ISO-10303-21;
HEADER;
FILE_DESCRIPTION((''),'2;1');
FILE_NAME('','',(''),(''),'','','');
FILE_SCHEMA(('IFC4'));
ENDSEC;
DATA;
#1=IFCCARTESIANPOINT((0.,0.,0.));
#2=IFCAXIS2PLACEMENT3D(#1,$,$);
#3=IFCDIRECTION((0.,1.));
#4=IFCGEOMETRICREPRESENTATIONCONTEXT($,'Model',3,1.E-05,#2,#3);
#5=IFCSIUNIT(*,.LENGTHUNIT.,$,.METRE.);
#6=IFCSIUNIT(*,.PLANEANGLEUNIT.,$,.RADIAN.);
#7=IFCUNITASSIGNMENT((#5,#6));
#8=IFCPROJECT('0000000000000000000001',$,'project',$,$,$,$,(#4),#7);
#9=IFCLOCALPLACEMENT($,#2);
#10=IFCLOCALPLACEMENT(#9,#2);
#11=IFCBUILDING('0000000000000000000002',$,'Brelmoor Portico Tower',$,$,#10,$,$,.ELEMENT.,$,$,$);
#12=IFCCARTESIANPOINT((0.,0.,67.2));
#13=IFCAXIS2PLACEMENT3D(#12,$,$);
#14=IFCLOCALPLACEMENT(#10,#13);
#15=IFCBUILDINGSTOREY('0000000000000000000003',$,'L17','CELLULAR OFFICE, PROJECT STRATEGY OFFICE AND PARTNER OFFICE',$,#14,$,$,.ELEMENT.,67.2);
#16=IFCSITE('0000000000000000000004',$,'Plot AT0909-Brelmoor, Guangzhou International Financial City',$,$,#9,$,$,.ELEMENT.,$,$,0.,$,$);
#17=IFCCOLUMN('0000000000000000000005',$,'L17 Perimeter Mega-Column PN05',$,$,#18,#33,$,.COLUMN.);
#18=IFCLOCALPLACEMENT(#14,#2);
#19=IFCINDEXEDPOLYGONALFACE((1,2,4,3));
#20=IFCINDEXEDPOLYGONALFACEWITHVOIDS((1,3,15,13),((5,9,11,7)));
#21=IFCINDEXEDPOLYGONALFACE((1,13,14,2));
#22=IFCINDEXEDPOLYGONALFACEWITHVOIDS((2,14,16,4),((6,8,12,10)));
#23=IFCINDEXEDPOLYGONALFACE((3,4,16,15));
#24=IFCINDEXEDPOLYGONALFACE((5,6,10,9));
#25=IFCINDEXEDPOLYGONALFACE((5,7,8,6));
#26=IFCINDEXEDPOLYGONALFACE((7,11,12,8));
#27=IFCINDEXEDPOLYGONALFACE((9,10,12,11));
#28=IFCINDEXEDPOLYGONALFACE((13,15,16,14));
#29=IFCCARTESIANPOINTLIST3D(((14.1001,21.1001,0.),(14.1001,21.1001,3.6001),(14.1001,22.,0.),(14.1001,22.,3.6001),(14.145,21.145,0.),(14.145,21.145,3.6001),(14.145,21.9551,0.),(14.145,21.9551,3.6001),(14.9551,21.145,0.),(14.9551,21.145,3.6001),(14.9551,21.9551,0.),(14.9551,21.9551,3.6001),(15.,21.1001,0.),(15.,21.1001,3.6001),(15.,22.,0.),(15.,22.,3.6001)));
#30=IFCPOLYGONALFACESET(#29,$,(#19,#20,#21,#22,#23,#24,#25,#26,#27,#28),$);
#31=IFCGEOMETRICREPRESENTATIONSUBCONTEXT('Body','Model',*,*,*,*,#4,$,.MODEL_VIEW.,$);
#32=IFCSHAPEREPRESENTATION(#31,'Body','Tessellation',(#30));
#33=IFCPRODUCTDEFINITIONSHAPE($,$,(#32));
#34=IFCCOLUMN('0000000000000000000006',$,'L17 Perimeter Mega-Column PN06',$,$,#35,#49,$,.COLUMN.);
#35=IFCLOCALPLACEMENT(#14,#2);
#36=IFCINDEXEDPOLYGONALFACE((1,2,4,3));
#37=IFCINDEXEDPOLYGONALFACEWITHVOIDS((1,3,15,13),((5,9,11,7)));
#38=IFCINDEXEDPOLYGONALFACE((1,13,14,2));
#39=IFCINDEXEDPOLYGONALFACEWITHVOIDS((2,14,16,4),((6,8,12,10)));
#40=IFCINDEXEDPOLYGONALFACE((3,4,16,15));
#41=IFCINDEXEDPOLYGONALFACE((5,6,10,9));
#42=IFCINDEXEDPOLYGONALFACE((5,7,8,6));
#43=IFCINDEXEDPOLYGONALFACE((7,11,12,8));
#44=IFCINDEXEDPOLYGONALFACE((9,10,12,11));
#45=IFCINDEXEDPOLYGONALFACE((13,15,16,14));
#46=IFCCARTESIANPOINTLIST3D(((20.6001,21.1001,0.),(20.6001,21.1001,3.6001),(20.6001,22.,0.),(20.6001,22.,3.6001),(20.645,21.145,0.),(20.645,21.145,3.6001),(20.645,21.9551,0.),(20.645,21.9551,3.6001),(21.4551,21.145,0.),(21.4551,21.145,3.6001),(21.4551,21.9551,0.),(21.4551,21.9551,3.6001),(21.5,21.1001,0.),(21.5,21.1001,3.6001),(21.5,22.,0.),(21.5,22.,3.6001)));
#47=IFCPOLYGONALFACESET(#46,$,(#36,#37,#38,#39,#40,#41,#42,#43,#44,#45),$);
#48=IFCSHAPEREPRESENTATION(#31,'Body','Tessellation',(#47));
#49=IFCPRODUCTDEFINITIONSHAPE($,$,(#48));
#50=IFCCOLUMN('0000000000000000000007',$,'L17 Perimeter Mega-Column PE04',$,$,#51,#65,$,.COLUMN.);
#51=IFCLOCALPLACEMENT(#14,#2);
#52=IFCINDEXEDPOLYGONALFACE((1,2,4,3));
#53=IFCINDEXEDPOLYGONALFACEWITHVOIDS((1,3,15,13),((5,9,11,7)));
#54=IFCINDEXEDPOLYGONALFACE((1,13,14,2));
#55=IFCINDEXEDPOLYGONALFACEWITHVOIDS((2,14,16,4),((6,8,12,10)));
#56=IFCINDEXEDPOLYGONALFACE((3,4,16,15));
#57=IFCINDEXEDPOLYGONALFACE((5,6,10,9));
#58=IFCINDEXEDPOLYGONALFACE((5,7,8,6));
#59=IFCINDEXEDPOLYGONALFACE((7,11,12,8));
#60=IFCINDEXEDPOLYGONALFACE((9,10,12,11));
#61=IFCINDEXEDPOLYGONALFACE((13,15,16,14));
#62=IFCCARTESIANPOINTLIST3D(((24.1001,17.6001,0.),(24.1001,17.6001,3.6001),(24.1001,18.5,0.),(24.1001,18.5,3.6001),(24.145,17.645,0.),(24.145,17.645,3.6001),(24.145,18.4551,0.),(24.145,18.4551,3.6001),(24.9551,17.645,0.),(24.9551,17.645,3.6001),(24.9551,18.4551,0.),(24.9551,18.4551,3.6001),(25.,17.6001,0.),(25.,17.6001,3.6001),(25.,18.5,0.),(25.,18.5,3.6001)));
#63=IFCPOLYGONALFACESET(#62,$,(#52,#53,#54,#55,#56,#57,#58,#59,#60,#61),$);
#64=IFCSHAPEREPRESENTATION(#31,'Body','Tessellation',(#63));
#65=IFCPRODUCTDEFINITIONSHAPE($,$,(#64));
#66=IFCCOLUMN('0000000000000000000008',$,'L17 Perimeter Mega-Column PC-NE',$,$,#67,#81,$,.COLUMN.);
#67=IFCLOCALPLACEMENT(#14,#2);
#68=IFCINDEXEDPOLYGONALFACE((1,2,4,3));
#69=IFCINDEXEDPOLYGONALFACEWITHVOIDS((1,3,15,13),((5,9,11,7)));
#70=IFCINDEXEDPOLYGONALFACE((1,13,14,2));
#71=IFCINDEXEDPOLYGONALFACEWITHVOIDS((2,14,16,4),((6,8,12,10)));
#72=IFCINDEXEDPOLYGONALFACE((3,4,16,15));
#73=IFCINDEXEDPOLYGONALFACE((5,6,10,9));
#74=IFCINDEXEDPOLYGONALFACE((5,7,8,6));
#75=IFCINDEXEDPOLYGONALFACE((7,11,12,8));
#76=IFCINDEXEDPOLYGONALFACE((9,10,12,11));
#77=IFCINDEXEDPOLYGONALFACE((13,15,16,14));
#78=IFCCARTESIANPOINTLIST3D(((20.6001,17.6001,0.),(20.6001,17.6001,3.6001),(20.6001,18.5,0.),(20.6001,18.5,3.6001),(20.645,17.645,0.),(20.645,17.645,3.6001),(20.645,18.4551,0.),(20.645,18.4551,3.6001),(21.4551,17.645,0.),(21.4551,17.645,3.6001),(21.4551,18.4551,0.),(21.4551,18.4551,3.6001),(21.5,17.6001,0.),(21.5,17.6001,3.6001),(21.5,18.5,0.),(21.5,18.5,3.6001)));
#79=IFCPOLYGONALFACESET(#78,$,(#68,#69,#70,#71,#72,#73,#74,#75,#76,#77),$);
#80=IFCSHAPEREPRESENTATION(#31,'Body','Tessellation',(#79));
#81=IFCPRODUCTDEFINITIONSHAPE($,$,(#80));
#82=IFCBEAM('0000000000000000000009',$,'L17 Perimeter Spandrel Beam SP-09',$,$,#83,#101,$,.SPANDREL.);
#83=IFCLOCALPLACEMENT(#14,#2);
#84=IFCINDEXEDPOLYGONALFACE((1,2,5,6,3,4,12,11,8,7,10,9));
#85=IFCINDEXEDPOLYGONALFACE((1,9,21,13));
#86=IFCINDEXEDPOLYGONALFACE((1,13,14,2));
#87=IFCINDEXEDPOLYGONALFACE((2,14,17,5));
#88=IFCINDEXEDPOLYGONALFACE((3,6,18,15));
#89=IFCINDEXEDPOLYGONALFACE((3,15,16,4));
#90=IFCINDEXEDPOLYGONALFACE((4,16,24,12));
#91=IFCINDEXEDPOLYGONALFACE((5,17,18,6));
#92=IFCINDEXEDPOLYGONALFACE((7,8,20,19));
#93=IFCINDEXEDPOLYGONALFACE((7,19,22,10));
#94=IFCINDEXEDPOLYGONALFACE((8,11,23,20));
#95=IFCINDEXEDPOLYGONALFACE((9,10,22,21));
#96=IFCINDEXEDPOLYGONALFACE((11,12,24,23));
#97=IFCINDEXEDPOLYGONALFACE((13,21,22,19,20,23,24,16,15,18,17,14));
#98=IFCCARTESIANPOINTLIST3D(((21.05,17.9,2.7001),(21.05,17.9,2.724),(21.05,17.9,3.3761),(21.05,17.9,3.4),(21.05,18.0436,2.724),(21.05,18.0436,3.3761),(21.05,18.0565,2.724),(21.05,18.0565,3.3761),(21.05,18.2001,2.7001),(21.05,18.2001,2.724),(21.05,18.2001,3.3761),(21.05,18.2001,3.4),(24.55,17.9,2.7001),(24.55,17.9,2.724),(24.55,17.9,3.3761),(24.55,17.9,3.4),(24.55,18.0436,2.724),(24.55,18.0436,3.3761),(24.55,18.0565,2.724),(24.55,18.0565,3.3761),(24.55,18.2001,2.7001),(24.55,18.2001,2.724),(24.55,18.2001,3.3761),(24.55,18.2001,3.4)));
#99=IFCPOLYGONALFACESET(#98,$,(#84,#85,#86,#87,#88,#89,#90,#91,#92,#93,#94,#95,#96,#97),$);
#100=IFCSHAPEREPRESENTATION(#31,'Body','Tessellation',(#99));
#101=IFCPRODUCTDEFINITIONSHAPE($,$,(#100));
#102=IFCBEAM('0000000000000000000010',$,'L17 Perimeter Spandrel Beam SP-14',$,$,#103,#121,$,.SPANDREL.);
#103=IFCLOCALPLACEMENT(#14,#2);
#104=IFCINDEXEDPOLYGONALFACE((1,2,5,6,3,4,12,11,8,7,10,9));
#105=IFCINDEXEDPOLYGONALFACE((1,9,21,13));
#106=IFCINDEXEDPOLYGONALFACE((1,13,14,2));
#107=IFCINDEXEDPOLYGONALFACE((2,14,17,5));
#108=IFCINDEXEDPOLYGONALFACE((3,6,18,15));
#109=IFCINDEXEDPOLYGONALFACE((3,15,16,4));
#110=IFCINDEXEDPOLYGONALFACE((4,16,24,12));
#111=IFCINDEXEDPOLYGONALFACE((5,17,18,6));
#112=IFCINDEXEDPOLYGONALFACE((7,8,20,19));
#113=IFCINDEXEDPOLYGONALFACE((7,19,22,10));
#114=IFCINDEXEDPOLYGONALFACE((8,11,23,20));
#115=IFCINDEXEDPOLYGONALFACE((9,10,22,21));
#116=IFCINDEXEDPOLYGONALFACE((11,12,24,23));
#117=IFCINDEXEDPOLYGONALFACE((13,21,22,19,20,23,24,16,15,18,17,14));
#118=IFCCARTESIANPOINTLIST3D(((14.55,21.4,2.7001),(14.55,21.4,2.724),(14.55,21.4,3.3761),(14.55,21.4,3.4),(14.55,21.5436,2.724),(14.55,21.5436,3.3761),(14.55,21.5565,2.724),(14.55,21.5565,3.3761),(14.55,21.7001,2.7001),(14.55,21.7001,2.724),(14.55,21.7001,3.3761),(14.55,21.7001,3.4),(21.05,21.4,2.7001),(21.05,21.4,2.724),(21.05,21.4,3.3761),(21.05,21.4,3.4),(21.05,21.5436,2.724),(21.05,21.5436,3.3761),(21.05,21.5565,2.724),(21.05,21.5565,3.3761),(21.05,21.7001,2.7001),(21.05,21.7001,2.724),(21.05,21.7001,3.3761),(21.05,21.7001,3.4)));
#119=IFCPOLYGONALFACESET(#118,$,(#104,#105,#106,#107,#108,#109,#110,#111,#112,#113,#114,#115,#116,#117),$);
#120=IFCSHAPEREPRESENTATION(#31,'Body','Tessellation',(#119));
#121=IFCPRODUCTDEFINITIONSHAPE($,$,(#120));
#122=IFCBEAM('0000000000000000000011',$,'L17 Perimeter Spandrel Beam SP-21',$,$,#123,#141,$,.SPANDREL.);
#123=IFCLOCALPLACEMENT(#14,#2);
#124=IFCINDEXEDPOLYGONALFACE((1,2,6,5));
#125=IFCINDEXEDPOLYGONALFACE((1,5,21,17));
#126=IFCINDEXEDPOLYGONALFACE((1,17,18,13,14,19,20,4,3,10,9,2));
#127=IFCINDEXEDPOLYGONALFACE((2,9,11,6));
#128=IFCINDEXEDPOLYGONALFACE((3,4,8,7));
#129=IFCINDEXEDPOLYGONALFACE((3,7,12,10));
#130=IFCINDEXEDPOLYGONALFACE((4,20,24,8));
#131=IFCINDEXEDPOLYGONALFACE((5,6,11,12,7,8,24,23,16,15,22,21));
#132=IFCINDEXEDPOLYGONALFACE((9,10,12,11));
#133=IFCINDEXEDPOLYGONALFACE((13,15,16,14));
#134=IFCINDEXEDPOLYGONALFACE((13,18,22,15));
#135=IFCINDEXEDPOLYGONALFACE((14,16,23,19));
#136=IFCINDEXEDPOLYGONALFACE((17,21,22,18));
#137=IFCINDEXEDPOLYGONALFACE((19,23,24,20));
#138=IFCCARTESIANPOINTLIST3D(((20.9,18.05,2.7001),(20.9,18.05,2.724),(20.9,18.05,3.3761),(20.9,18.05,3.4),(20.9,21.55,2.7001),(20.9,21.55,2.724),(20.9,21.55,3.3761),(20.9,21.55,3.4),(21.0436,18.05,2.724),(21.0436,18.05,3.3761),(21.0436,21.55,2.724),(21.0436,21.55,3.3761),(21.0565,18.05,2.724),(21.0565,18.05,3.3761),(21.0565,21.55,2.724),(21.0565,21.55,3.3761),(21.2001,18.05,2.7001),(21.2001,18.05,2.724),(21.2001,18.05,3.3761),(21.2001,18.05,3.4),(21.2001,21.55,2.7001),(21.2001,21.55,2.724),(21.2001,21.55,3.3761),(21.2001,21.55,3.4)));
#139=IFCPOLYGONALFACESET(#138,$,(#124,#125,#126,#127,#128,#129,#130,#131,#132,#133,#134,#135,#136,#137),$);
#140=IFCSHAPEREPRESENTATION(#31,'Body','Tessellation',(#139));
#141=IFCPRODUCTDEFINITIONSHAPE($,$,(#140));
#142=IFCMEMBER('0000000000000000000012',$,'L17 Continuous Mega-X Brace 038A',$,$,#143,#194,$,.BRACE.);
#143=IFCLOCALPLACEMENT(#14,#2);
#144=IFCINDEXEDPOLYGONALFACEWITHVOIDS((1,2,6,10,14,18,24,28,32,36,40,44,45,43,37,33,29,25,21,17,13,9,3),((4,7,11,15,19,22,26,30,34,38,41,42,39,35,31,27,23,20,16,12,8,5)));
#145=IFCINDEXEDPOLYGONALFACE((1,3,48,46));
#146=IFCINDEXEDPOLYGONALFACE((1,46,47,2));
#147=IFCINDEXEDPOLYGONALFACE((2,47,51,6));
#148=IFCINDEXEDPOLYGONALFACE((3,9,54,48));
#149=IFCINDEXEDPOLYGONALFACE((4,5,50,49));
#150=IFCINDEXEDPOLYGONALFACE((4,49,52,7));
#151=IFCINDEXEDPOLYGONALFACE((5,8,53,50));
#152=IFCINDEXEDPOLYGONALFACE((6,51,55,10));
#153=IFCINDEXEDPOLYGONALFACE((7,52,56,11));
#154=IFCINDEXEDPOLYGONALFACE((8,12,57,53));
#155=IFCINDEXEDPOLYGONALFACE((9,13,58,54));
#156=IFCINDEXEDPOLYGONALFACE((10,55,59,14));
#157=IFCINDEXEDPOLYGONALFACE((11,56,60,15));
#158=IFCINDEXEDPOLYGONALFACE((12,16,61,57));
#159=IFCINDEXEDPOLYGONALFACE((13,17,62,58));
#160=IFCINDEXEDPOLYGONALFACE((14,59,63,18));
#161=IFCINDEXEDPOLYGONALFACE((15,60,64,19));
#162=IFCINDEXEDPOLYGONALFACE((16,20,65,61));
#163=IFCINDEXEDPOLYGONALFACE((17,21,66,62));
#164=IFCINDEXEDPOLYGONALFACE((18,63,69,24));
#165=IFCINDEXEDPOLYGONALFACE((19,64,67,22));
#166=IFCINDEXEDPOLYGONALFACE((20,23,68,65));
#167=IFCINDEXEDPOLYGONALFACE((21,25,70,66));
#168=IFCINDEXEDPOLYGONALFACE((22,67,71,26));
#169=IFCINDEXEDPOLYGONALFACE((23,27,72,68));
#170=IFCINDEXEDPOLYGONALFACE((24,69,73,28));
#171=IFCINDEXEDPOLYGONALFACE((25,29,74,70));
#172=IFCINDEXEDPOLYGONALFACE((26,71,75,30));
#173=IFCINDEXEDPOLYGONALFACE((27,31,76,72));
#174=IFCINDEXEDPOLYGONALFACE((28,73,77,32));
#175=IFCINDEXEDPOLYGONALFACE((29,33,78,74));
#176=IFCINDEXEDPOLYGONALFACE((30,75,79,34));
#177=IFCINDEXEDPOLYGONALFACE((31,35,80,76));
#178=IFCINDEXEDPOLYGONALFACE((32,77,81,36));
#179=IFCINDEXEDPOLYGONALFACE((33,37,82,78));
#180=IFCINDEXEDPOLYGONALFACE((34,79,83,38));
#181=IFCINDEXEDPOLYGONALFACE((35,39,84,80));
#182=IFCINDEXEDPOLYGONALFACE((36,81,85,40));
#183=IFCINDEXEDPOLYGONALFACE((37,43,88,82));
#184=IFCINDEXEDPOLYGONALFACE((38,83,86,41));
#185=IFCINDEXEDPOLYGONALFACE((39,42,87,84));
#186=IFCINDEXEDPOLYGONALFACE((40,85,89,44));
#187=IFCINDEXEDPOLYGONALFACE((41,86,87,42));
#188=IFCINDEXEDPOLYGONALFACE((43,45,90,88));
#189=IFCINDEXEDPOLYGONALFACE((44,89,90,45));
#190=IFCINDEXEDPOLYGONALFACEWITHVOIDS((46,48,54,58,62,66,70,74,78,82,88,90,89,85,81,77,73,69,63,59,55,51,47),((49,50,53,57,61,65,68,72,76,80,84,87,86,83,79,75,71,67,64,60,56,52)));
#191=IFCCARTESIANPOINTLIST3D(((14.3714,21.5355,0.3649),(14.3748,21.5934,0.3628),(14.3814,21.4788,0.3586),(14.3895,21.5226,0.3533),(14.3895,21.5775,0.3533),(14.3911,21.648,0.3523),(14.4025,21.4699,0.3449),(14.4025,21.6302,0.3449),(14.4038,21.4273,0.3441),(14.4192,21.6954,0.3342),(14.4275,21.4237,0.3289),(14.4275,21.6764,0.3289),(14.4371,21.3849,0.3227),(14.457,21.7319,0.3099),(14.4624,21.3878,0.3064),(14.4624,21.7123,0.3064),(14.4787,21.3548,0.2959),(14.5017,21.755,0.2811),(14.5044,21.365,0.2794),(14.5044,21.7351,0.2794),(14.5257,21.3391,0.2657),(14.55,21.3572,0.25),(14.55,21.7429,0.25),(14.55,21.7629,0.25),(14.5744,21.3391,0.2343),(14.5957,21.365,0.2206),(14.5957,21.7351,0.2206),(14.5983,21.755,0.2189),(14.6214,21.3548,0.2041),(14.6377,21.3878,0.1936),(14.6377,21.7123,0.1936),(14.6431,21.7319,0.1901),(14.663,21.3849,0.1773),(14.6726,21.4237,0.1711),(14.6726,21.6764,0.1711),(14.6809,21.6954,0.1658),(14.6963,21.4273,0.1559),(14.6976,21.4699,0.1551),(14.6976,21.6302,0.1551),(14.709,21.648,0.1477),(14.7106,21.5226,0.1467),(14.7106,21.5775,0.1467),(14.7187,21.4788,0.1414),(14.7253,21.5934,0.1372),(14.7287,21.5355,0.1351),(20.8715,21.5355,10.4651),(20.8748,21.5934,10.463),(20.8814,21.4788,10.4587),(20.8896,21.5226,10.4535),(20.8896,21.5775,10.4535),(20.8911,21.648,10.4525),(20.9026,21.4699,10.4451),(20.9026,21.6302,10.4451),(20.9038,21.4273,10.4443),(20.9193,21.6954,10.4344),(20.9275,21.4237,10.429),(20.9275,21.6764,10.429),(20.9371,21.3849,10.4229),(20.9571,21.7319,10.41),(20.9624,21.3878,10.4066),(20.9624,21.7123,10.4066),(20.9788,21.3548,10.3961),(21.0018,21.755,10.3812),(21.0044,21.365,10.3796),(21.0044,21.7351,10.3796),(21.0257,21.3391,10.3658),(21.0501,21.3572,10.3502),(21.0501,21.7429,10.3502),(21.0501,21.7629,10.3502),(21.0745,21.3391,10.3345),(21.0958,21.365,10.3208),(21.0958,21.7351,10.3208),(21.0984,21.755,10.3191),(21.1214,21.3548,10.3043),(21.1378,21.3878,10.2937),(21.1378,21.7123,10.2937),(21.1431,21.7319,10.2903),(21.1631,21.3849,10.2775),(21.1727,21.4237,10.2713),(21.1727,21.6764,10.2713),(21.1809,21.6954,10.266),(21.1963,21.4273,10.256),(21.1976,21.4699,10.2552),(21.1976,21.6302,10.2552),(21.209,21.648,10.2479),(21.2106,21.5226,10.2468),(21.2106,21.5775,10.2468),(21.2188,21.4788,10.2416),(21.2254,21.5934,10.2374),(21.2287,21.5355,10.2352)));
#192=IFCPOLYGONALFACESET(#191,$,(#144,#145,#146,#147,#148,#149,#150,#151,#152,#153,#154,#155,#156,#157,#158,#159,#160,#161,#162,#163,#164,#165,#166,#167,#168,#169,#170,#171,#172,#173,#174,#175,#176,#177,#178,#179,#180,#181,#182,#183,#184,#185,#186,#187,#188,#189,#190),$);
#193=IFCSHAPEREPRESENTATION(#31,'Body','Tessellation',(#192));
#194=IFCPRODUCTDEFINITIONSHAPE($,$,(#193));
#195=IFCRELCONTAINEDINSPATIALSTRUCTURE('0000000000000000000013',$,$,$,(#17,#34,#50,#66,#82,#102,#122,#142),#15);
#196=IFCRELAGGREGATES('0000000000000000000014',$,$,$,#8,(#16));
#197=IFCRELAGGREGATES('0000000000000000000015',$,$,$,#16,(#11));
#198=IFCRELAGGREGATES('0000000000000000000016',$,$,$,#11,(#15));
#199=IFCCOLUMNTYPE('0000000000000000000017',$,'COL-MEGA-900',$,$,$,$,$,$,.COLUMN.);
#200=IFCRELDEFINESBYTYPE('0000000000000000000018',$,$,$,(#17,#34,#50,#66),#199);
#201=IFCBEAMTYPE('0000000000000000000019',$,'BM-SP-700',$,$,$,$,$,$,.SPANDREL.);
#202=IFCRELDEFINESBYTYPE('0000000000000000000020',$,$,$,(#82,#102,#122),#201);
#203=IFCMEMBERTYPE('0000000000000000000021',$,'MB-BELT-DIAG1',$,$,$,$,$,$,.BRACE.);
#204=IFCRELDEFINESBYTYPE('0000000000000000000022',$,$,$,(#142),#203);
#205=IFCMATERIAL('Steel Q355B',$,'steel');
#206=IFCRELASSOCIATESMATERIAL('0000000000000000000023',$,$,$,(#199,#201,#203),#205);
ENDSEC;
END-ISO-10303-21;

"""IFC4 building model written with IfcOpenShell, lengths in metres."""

from ifc_helpers import new_model, si_unit, direction, frame, origin, origin_2d, place, context, subcontext, project, spatial, hollow_rectangle, hollow_circle, i_section, extrude, material, material_profile, profile_set, type_object, element, save


model = new_model("IFC4")

# Units and contexts
model_context = context("Model", 3, precision=1e-05, world=origin(), true_north=direction((0.0, 1.0)))
body_context = subcontext(model_context, "Body", "Model", "MODEL_VIEW")
ifc_project = project(units=[si_unit("LENGTHUNIT", "METRE"), si_unit("PLANEANGLEUNIT", "RADIAN")], contexts=[model_context])

# Site, building, storey
site_placement = place(None, origin())
site = spatial("IfcSite", under=ifc_project, at=site_placement, Name="Plot AT0909-Brelmoor, Guangzhou International Financial City", CompositionType="ELEMENT", RefElevation=0.0)
building_placement = place(site_placement, origin())
building = spatial("IfcBuilding", under=site, at=building_placement, Name="Brelmoor Portico Tower", CompositionType="ELEMENT")
storey_placement = place(building_placement, frame((0.0, 0.0, 67.2)))
storey = spatial("IfcBuildingStorey", under=building, at=storey_placement, Name="L17", Description="CELLULAR OFFICE, PROJECT STRATEGY OFFICE AND PARTNER OFFICE", CompositionType="ELEMENT", Elevation=67.2)

# Columns
ifc_material_1 = material(Name="Steel Q355B", Category="steel")
ifc_material_profile_1 = material_profile(ifc_material_1, hollow_rectangle(XDim=0.8999, YDim=0.8999, WallThickness=0.0449, at=origin_2d()), Name="BOX 900x900x45")
ifc_profile_set_1 = profile_set([ifc_material_profile_1], Name="Steel Q355B")
column_type = type_object("IfcColumnType", Name="COL-MEGA-900", PredefinedType="COLUMN", material=ifc_profile_set_1)
for number, where, z_axis, x_axis, name in (
    (1, (14.55, 21.55, 0.0), (0.0, 0.0, 1.0), (1.0, 0.0, 0.0), "L17 Perimeter Mega-Column PN05"),
    (2, (21.05, 21.55, 0.0), (0.0, 0.0, 1.0), (1.0, 0.0, 0.0), "L17 Perimeter Mega-Column PN06"),
    (3, (24.55, 18.05, 0.0), (0.0, 0.0, 1.0), (0.0, 1.0, 0.0), "L17 Perimeter Mega-Column PE04"),
    (4, (21.05, 18.05, 0.0), (0.0, 0.0, 1.0), (1.0, 0.0, 0.0), "L17 Perimeter Mega-Column PC-NE"),
):
    element("IfcColumn", number, at=place(storey_placement, frame(where, z_axis=z_axis, x_axis=x_axis)), inside=storey, type_object=column_type, Name=name, PredefinedType="COLUMN", context=body_context, shape_type="SweptSolid", body=[
        extrude(hollow_rectangle(XDim=0.8999, YDim=0.8999, WallThickness=0.0449, at=origin_2d()), origin(), (0.0, 0.0, 1.0), 3.6001),
    ])

# Beams
ifc_material_profile_2 = material_profile(ifc_material_1, i_section(OverallWidth=0.3, OverallDepth=0.7, WebThickness=0.0129, FlangeThickness=0.0239, at=origin_2d()), Name="HN 700x300x13x24")
ifc_profile_set_2 = profile_set([ifc_material_profile_2], Name="Steel Q355B")
beam_type = type_object("IfcBeamType", Name="BM-SP-700", PredefinedType="SPANDREL", material=ifc_profile_set_2)
beam_1_placement = place(storey_placement, frame((21.05, 18.05, 3.05), z_axis=(1.0, 0.0, 0.0), x_axis=(0.0, 1.0, 0.0)))
element("IfcBeam", 5, at=beam_1_placement, inside=storey, type_object=beam_type, Name="L17 Perimeter Spandrel Beam SP-09", PredefinedType="SPANDREL", context=body_context, shape_type="SweptSolid", body=[
    extrude(i_section(OverallWidth=0.3, OverallDepth=0.7, WebThickness=0.0129, FlangeThickness=0.0239, at=origin_2d()), origin(), (0.0, 0.0, 1.0), 3.5),
])
beam_2_placement = place(storey_placement, frame((14.55, 21.55, 3.05), z_axis=(1.0, 0.0, 0.0), x_axis=(0.0, 1.0, 0.0)))
element("IfcBeam", 6, at=beam_2_placement, inside=storey, type_object=beam_type, Name="L17 Perimeter Spandrel Beam SP-14", PredefinedType="SPANDREL", context=body_context, shape_type="SweptSolid", body=[
    extrude(i_section(OverallWidth=0.3, OverallDepth=0.7, WebThickness=0.0129, FlangeThickness=0.0239, at=origin_2d()), origin(), (0.0, 0.0, 1.0), 6.5),
])
beam_3_placement = place(storey_placement, frame((21.05, 18.05, 3.05), z_axis=(0.0, 1.0, 0.0), x_axis=(-1.0, 0.0, 0.0)))
element("IfcBeam", 7, at=beam_3_placement, inside=storey, type_object=beam_type, Name="L17 Perimeter Spandrel Beam SP-21", PredefinedType="SPANDREL", context=body_context, shape_type="SweptSolid", body=[
    extrude(i_section(OverallWidth=0.3, OverallDepth=0.7, WebThickness=0.0129, FlangeThickness=0.0239, at=origin_2d()), origin(), (0.0, 0.0, 1.0), 3.5),
])

# Member
ifc_material_profile_3 = material_profile(ifc_material_1, hollow_circle(Radius=0.2129, WallThickness=0.02, at=origin_2d()), Name="CHS 426x20")
ifc_profile_set_3 = profile_set([ifc_material_profile_3], Name="Steel Q355B")
member_type_1 = type_object("IfcMemberType", Name="MB-BELT-DIAG1", PredefinedType="BRACE", material=ifc_profile_set_3)
member_1_placement = place(storey_placement, frame((14.55, 21.55, 0.25), z_axis=(0.541175, 0.0, 0.84091), x_axis=(0.0, 1.0, 0.0)))
element("IfcMember", 8, at=member_1_placement, inside=storey, type_object=member_type_1, Name="L17 Continuous Mega-X Brace 038A", PredefinedType="BRACE", context=body_context, shape_type="SweptSolid", body=[
    extrude(hollow_circle(Radius=0.2129, WallThickness=0.02, at=origin_2d()), origin(), (0.0, 0.0, 1.0), 12.011),
])

save(model, "model.ifc")
